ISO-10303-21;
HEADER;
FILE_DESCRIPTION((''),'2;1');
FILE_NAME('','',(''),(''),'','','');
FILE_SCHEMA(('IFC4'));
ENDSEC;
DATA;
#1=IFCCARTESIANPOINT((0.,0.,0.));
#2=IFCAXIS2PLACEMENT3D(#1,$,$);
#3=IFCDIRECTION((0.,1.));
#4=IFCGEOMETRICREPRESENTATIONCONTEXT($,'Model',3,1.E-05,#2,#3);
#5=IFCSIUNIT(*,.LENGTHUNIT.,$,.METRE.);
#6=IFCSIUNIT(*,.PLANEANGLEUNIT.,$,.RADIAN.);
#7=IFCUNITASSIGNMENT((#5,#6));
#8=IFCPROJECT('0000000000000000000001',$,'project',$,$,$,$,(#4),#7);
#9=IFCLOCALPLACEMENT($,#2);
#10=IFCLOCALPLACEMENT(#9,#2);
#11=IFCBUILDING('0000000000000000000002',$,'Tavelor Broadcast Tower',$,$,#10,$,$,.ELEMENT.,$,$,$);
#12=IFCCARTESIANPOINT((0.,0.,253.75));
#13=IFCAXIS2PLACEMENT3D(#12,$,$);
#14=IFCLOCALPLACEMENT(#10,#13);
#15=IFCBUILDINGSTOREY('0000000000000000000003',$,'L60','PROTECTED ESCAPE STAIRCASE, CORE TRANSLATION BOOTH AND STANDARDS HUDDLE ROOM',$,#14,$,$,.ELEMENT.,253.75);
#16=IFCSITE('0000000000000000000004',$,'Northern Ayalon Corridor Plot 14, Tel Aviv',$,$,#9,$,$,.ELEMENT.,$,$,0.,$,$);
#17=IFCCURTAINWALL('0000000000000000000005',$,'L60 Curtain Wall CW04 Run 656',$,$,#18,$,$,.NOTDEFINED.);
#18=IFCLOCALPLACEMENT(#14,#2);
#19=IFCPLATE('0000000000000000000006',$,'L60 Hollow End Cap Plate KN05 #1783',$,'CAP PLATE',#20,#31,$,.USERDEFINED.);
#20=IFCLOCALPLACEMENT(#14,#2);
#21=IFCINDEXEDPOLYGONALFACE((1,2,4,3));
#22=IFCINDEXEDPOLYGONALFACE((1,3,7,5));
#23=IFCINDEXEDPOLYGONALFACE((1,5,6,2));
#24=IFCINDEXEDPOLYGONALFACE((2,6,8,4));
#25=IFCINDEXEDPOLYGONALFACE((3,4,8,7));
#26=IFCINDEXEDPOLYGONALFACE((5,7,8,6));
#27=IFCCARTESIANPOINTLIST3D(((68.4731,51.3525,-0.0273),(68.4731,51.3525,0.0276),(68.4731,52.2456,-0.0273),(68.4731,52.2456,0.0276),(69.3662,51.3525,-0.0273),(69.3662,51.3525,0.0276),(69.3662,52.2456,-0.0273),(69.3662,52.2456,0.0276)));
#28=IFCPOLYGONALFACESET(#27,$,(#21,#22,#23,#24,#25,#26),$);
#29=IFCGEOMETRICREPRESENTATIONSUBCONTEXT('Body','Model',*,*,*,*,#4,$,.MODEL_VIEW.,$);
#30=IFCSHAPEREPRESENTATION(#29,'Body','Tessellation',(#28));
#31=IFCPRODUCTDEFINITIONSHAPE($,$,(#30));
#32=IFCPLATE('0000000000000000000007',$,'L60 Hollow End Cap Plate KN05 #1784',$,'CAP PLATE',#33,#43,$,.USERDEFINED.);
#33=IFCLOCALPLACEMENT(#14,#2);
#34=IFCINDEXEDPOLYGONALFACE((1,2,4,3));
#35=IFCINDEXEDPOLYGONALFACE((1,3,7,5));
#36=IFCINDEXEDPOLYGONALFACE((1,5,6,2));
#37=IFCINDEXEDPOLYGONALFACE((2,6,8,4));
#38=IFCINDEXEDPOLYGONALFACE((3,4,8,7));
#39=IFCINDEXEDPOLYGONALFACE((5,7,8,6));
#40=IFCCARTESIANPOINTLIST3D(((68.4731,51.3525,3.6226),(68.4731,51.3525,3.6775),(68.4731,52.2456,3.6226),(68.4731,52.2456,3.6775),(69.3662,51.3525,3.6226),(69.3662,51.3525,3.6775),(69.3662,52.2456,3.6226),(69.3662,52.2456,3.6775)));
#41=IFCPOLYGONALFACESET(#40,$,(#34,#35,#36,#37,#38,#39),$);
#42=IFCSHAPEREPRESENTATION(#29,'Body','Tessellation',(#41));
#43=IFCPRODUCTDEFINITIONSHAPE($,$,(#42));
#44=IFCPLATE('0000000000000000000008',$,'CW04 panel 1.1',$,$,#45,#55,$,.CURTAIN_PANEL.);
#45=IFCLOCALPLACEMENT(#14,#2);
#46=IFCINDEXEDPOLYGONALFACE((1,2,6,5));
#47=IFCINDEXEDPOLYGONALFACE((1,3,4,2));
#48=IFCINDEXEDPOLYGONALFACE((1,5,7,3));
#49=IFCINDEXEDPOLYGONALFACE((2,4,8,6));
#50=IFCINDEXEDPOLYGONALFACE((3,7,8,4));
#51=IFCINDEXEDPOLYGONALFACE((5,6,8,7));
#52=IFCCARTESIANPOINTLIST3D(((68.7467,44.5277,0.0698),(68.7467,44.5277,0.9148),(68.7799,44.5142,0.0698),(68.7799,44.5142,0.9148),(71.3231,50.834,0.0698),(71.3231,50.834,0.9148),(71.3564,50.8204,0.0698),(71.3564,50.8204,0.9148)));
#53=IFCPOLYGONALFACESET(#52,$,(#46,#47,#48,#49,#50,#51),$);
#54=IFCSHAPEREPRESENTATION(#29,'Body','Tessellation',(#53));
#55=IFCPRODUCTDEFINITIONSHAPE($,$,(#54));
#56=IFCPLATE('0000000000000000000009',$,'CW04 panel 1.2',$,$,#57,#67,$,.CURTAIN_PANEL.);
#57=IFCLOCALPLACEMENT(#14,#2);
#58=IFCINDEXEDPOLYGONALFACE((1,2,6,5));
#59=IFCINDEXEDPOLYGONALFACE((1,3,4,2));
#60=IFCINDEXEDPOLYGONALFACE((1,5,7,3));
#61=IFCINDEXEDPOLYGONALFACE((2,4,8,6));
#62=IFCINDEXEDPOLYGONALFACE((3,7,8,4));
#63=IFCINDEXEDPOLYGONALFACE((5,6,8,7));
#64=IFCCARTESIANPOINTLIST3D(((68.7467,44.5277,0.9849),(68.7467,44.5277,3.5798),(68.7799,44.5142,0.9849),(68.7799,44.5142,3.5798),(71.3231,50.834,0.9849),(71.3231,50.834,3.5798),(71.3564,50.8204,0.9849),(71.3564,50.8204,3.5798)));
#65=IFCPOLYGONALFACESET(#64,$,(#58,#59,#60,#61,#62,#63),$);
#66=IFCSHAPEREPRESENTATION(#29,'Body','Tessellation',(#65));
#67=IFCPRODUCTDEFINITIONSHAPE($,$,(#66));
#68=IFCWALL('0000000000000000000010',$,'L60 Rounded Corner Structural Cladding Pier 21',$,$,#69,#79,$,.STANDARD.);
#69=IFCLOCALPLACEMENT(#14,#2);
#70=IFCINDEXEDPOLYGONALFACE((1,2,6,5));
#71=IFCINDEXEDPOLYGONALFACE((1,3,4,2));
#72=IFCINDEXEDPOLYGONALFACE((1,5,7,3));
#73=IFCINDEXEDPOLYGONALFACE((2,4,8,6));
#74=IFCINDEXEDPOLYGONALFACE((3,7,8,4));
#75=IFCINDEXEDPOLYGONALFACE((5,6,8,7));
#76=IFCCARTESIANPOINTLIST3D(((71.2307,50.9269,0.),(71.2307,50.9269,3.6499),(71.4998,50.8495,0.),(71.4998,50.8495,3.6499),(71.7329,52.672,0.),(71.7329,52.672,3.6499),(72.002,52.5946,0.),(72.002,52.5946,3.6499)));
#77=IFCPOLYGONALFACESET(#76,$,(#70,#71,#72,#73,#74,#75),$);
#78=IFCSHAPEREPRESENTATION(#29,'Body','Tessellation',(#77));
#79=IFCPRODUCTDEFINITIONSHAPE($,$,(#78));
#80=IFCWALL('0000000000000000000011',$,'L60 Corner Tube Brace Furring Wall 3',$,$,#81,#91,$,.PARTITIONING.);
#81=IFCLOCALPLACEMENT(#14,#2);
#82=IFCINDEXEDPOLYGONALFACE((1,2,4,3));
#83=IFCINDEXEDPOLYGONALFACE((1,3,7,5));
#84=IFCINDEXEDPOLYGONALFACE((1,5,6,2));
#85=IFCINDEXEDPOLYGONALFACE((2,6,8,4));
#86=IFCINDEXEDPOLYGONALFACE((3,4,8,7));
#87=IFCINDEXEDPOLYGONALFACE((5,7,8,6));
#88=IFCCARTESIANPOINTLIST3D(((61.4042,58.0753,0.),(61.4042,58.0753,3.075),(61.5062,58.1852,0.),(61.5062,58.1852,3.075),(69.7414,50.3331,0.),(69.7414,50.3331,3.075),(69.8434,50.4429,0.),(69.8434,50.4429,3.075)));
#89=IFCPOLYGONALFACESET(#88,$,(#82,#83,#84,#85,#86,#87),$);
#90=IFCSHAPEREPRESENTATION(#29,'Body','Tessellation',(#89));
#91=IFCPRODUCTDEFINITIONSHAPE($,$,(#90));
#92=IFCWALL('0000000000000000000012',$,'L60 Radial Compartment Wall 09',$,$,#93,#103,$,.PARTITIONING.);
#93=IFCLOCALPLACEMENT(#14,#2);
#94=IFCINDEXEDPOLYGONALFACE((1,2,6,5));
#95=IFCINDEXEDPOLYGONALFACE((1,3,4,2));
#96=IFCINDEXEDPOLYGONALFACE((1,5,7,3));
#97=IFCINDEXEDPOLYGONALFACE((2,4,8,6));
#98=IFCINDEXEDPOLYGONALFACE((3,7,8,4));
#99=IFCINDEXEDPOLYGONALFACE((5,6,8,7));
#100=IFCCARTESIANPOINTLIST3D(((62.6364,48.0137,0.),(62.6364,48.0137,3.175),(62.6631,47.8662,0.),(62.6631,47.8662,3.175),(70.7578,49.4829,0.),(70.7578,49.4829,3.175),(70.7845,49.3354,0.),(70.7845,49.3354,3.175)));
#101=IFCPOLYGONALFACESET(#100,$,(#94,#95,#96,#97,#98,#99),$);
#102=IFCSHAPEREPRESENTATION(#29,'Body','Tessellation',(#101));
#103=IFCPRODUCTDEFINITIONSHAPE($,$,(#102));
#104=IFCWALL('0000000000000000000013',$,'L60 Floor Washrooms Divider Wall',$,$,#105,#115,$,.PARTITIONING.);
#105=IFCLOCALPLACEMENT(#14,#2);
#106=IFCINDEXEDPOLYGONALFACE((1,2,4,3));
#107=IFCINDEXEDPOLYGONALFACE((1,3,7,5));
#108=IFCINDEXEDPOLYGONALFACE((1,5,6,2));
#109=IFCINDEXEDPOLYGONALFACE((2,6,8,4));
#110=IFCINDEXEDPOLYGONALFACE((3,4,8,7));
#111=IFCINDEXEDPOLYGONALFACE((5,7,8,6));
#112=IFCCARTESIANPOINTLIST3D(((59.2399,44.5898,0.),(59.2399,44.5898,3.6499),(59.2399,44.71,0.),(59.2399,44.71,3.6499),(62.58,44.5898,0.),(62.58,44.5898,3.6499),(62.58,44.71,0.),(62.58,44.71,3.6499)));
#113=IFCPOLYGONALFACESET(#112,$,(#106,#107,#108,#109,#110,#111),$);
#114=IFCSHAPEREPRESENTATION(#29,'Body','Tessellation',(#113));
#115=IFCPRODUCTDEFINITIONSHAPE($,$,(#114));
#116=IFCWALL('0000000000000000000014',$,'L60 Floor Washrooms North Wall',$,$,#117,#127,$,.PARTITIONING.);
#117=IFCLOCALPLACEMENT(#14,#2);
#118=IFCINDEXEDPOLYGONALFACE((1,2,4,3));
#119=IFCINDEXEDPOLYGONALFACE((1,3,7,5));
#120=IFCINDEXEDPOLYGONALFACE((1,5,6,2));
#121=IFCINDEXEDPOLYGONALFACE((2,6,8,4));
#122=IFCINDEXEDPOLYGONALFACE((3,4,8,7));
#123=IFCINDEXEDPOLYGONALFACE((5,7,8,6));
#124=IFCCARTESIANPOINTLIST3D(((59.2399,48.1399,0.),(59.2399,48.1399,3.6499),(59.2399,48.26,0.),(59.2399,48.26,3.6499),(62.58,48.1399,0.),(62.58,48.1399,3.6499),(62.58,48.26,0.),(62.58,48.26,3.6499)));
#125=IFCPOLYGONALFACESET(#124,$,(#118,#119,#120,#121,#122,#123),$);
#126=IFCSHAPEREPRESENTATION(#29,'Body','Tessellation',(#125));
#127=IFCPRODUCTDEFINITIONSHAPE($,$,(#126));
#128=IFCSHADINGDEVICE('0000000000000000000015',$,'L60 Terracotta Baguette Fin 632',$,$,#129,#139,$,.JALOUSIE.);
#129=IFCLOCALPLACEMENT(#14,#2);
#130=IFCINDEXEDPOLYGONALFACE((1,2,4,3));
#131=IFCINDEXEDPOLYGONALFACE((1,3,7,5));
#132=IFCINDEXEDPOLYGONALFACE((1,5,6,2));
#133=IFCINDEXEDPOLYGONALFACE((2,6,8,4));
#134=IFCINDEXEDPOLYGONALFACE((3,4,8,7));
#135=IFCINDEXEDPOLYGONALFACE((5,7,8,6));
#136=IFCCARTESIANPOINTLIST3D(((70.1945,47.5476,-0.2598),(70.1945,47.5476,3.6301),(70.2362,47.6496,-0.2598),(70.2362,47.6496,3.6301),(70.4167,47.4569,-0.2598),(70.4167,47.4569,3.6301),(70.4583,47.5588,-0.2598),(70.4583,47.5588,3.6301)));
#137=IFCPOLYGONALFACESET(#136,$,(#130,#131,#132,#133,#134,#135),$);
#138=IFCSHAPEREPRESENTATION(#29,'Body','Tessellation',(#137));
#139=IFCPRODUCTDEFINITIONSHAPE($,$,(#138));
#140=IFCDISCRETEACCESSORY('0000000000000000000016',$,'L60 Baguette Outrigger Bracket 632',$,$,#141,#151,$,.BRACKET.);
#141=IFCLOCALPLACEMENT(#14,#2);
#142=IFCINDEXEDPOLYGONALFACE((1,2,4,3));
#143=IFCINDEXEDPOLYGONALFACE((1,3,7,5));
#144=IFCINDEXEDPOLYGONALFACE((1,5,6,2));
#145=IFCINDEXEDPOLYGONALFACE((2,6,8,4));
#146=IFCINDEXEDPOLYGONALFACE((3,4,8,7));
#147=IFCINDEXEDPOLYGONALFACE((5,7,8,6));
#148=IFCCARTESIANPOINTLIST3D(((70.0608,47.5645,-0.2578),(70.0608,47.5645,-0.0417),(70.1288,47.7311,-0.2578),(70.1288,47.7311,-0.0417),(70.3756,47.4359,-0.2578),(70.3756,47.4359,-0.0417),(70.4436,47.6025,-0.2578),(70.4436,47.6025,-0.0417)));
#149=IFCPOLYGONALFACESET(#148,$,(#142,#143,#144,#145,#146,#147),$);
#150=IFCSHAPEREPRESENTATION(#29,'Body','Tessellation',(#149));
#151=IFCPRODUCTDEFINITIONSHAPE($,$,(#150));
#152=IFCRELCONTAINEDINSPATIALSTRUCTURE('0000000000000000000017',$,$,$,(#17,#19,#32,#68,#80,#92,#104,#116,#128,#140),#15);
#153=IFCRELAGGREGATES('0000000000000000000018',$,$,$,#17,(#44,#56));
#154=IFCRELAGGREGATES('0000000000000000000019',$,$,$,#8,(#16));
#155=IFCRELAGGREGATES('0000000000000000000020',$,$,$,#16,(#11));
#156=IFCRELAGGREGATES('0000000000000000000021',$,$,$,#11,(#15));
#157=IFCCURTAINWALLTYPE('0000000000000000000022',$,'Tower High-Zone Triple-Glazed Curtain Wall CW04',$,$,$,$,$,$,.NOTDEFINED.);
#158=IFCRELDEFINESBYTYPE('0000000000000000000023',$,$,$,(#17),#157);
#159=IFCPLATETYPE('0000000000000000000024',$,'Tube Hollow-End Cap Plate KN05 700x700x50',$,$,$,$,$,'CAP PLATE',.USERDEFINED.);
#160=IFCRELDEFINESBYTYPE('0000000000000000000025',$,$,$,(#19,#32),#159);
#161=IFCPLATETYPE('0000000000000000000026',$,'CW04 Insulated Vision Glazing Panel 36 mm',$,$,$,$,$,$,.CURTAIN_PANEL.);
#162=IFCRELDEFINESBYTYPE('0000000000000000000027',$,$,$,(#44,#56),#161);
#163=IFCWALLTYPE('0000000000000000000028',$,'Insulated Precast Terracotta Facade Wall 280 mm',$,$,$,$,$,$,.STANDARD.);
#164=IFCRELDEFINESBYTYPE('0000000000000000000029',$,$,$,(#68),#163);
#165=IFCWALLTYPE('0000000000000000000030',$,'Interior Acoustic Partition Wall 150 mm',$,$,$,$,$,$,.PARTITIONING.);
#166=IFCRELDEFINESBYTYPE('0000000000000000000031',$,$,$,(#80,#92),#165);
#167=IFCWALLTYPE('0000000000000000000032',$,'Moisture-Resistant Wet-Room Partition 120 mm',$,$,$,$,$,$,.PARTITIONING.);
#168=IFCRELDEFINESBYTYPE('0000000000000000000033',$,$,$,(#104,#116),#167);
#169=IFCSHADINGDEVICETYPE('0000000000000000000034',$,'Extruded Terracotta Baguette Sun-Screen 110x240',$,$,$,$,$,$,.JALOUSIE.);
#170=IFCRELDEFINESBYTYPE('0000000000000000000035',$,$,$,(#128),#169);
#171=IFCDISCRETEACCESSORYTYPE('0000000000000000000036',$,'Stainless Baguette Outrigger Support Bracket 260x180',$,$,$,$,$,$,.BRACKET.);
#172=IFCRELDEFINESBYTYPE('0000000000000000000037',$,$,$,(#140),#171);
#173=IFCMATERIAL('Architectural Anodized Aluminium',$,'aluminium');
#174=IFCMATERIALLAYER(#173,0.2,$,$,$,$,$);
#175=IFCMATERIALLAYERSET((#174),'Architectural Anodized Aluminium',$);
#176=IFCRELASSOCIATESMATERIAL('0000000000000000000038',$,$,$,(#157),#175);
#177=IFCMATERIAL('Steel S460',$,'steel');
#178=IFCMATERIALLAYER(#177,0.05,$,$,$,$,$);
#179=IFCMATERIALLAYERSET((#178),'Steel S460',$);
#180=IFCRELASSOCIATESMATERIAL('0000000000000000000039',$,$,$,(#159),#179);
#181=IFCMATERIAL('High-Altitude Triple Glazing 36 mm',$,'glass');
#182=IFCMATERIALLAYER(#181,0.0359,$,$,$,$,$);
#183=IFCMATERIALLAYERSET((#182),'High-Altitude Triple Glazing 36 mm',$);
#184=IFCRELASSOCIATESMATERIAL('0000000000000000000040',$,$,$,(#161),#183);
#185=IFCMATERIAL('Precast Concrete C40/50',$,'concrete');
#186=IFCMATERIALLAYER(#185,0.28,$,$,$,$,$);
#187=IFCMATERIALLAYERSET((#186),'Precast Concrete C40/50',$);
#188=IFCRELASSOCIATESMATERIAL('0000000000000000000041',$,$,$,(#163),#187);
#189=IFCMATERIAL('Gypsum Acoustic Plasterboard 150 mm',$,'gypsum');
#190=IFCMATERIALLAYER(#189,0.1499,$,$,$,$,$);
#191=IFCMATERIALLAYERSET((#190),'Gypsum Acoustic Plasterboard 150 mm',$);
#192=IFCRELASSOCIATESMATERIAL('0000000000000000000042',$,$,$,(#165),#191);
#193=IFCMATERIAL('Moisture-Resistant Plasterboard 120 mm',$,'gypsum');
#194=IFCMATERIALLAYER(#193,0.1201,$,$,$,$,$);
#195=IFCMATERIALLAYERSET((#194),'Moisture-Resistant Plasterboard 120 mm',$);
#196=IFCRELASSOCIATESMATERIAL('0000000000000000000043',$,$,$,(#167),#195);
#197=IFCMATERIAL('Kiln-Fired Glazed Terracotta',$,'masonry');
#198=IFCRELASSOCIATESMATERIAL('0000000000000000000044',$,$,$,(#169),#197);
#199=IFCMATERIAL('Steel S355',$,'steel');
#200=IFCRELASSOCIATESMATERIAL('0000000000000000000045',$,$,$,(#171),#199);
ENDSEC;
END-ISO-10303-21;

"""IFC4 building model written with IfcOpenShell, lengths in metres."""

from ifc_helpers import new_model, si_unit, direction, frame, frame_2d, origin, origin_2d, place, context, subcontext, project, spatial, rectangle, extrude, source, transform, mapped, material, layer, layer_set, type_object, type_shapes, element, aggregate, save


model = new_model("IFC4")

# Units and contexts
model_context = context("Model", 3, precision=1e-05, world=origin(), true_north=direction((0.0, 1.0)))
body_context = subcontext(model_context, "Body", "Model", "MODEL_VIEW")
ifc_project = project(units=[si_unit("LENGTHUNIT", "METRE"), si_unit("PLANEANGLEUNIT", "RADIAN")], contexts=[model_context])

# Site, building, storey
site_placement = place(None, origin())
site = spatial("IfcSite", under=ifc_project, at=site_placement, Name="Northern Ayalon Corridor Plot 14, Tel Aviv", CompositionType="ELEMENT", RefElevation=0.0)
building_placement = place(site_placement, origin())
building = spatial("IfcBuilding", under=site, at=building_placement, Name="Tavelor Broadcast Tower", CompositionType="ELEMENT")
storey_placement = place(building_placement, frame((0.0, 0.0, 253.75)))
storey = spatial("IfcBuildingStorey", under=building, at=storey_placement, Name="L60", Description="PROTECTED ESCAPE STAIRCASE, CORE TRANSLATION BOOTH AND STANDARDS HUDDLE ROOM", CompositionType="ELEMENT", Elevation=253.75)

# Shared definitions
ifc_material_1 = material(Name="Steel S460", Category="steel")

# Shared definitions
ifc_material_2 = material(Name="Steel S355", Category="steel")

# Curtain wall
ifc_material_3 = material(Name="Architectural Anodized Aluminium", Category="aluminium")
ifc_layer_1 = layer(ifc_material_3, 0.2)
ifc_layer_set_1 = layer_set([ifc_layer_1], Name="Architectural Anodized Aluminium")
curtain_wall_type = type_object("IfcCurtainWallType", Name="Tower High-Zone Triple-Glazed Curtain Wall CW04", PredefinedType="NOTDEFINED", material=ifc_layer_set_1)
curtain_wall_placement = place(storey_placement, origin())
curtain_wall = element("IfcCurtainWall", 1, at=curtain_wall_placement, inside=storey, type_object=curtain_wall_type, Name="L60 Curtain Wall CW04 Run 656", PredefinedType="NOTDEFINED")

# Plates
ifc_layer_2 = layer(ifc_material_1, 0.05)
ifc_layer_set_2 = layer_set([ifc_layer_2], Name="Steel S460")
plate_type_1 = type_object("IfcPlateType", Name="Tube Hollow-End Cap Plate KN05 700x700x50", ElementType="CAP PLATE", PredefinedType="USERDEFINED", material=ifc_layer_set_2)
shared_shape_1 = source(origin(), body_context, "Body", "SweptSolid", [
    extrude(rectangle(XDim=0.8931, YDim=0.8931, at=origin_2d()), origin(), (0.0, 0.0, 1.0), 0.0549),
])
type_shapes(plate_type_1, [shared_shape_1])
for number, where, z_axis, x_axis, name in (
    (2, (68.9197, 51.7991, -0.0273), (0.0, 0.0, 1.0), (1.0, 0.0, 0.0), "L60 Hollow End Cap Plate KN05 #1783"),
    (3, (68.9197, 51.7991, 3.6226), (0.0, 0.0, 1.0), (1.0, 0.0, 0.0), "L60 Hollow End Cap Plate KN05 #1784"),
):
    element("IfcPlate", number, at=place(storey_placement, frame(where, z_axis=z_axis, x_axis=x_axis)), inside=storey, type_object=plate_type_1, Name=name, ObjectType="CAP PLATE", PredefinedType="USERDEFINED", context=body_context, shape_type="MappedRepresentation", body=[
        mapped(shared_shape_1, transform((0.0, 0.0, 0.0), scale=1.0)),
    ])

# Plates
ifc_material_4 = material(Name="High-Altitude Triple Glazing 36 mm", Category="glass")
ifc_layer_3 = layer(ifc_material_4, 0.0359)
ifc_layer_set_3 = layer_set([ifc_layer_3], Name="High-Altitude Triple Glazing 36 mm")
plate_type_2 = type_object("IfcPlateType", Name="CW04 Insulated Vision Glazing Panel 36 mm", PredefinedType="CURTAIN_PANEL", material=ifc_layer_set_3)
shared_shape_2 = source(origin(), body_context, "Body", "SweptSolid", [
    extrude(rectangle(XDim=6.8123, YDim=0.0359, at=origin_2d()), origin(), (0.0, 0.0, 1.0), 0.845),
])
plate_1_placement = place(storey_placement, frame((70.0515, 47.6741, 0.0698), z_axis=(0.0, 0.0, 1.0), x_axis=(0.378211, 0.92572, 0.0)))
plate_1 = element("IfcPlate", 4, at=plate_1_placement, type_object=plate_type_2, Name="CW04 panel 1.1", PredefinedType="CURTAIN_PANEL", context=body_context, shape_type="MappedRepresentation", body=[
    mapped(shared_shape_2, transform((0.0, 0.0, 0.0), scale=1.0)),
])
shared_shape_3 = source(origin(), body_context, "Body", "SweptSolid", [
    extrude(rectangle(XDim=6.8123, YDim=0.0359, at=origin_2d()), origin(), (0.0, 0.0, 1.0), 2.595),
])
type_shapes(plate_type_2, [shared_shape_2, shared_shape_3])
plate_2_placement = place(storey_placement, frame((70.0515, 47.6741, 0.9849), z_axis=(0.0, 0.0, 1.0), x_axis=(0.378211, 0.92572, 0.0)))
plate_2 = element("IfcPlate", 5, at=plate_2_placement, type_object=plate_type_2, Name="CW04 panel 1.2", PredefinedType="CURTAIN_PANEL", context=body_context, shape_type="MappedRepresentation", body=[
    mapped(shared_shape_3, transform((0.0, 0.0, 0.0), scale=1.0)),
])
aggregate(curtain_wall, [plate_1, plate_2])

# Walls
ifc_material_5 = material(Name="Precast Concrete C40/50", Category="concrete")
ifc_layer_4 = layer(ifc_material_5, 0.28)
ifc_layer_set_4 = layer_set([ifc_layer_4], Name="Precast Concrete C40/50")
wall_type_1 = type_object("IfcWallType", Name="Insulated Precast Terracotta Facade Wall 280 mm", PredefinedType="STANDARD", material=ifc_layer_set_4)
wall_1_placement = place(storey_placement, frame((71.3652, 50.8882, 0.0), z_axis=(0.0, 0.0, 1.0), x_axis=(0.27655, 0.961, 0.0)))
element("IfcWall", 6, at=wall_1_placement, inside=storey, type_object=wall_type_1, Name="L60 Rounded Corner Structural Cladding Pier 21", PredefinedType="STANDARD", context=body_context, shape_type="SweptSolid", body=[
    extrude(rectangle(XDim=1.8159, YDim=0.28, at=frame_2d((0.908, 0.0))), origin(), (0.0, 0.0, 1.0), 3.6499),
])
ifc_material_6 = material(Name="Gypsum Acoustic Plasterboard 150 mm", Category="gypsum")
ifc_layer_5 = layer(ifc_material_6, 0.1499)
ifc_layer_set_5 = layer_set([ifc_layer_5], Name="Gypsum Acoustic Plasterboard 150 mm")
wall_type_2 = type_object("IfcWallType", Name="Interior Acoustic Partition Wall 150 mm", PredefinedType="PARTITIONING", material=ifc_layer_set_5)
wall_2_placement = place(storey_placement, frame((69.7925, 50.3879, 0.0), z_axis=(0.0, 0.0, 1.0), x_axis=(-0.73277, 0.680477, 0.0)))
element("IfcWall", 7, at=wall_2_placement, inside=storey, type_object=wall_type_2, Name="L60 Corner Tube Brace Furring Wall 3", PredefinedType="PARTITIONING", context=body_context, shape_type="SweptSolid", body=[
    extrude(rectangle(XDim=11.3777, YDim=0.1499, at=frame_2d((5.689, 0.0))), origin(), (0.0, 0.0, 1.0), 3.075),
])
wall_3_placement = place(storey_placement, frame((62.6499, 47.9399, 0.0), z_axis=(0.0, 0.0, 1.0), x_axis=(0.984027, 0.178021, 0.0)))
element("IfcWall", 8, at=wall_3_placement, inside=storey, type_object=wall_type_2, Name="L60 Radial Compartment Wall 09", PredefinedType="PARTITIONING", context=body_context, shape_type="SweptSolid", body=[
    extrude(rectangle(XDim=8.2532, YDim=0.1499, at=frame_2d((4.1265, 0.0))), origin(), (0.0, 0.0, 1.0), 3.175),
])
ifc_material_7 = material(Name="Moisture-Resistant Plasterboard 120 mm", Category="gypsum")
ifc_layer_6 = layer(ifc_material_7, 0.1201)
ifc_layer_set_6 = layer_set([ifc_layer_6], Name="Moisture-Resistant Plasterboard 120 mm")
wall_type_3 = type_object("IfcWallType", Name="Moisture-Resistant Wet-Room Partition 120 mm", PredefinedType="PARTITIONING", material=ifc_layer_set_6)
for number, where, z_axis, x_axis, name in (
    (9, (59.24, 44.6499, 0.0), (0.0, 0.0, 1.0), (1.0, 0.0, 0.0), "L60 Floor Washrooms Divider Wall"),
    (10, (59.24, 48.2, 0.0), (0.0, 0.0, 1.0), (1.0, 0.0, 0.0), "L60 Floor Washrooms North Wall"),
):
    element("IfcWall", number, at=place(storey_placement, frame(where, z_axis=z_axis, x_axis=x_axis)), inside=storey, type_object=wall_type_3, Name=name, PredefinedType="PARTITIONING", context=body_context, shape_type="SweptSolid", body=[
        extrude(rectangle(XDim=3.3401, YDim=0.1201, at=frame_2d((1.6699, 0.0))), origin(), (0.0, 0.0, 1.0), 3.6499),
    ])

# Shading device
ifc_material_8 = material(Name="Kiln-Fired Glazed Terracotta", Category="masonry")
shading_device_type = type_object("IfcShadingDeviceType", Name="Extruded Terracotta Baguette Sun-Screen 110x240", PredefinedType="JALOUSIE", material=ifc_material_8)
shared_shape_4 = source(origin(), body_context, "Body", "SweptSolid", [
    extrude(rectangle(XDim=0.1101, YDim=0.24, at=origin_2d()), origin(), (0.0, 0.0, 1.0), 3.8899),
])
type_shapes(shading_device_type, [shared_shape_4])
shading_device_placement = place(storey_placement, frame((70.3264, 47.5532, -0.2598), z_axis=(0.0, 0.0, 1.0), x_axis=(0.378164, 0.925739, 0.0)))
element("IfcShadingDevice", 11, at=shading_device_placement, inside=storey, type_object=shading_device_type, Name="L60 Terracotta Baguette Fin 632", PredefinedType="JALOUSIE", context=body_context, shape_type="MappedRepresentation", body=[
    mapped(shared_shape_4, transform((0.0, 0.0, 0.0), scale=1.0)),
])

# Discrete accessory
discrete_accessory_type = type_object("IfcDiscreteAccessoryType", Name="Stainless Baguette Outrigger Support Bracket 260x180", PredefinedType="BRACKET", material=ifc_material_2)
shared_shape_5 = source(origin(), body_context, "Body", "SweptSolid", [
    extrude(rectangle(XDim=0.1799, YDim=0.3401, at=origin_2d()), origin(), (0.0, 0.0, 1.0), 0.2161),
])
type_shapes(discrete_accessory_type, [shared_shape_5])
discrete_accessory_placement = place(storey_placement, frame((70.2522, 47.5835, -0.2578), z_axis=(0.0, 0.0, 1.0), x_axis=(0.378164, 0.925739, 0.0)))
element("IfcDiscreteAccessory", 12, at=discrete_accessory_placement, inside=storey, type_object=discrete_accessory_type, Name="L60 Baguette Outrigger Bracket 632", PredefinedType="BRACKET", context=body_context, shape_type="MappedRepresentation", body=[
    mapped(shared_shape_5, transform((0.0, 0.0, 0.0), scale=1.0)),
])

save(model, "model.ifc")
